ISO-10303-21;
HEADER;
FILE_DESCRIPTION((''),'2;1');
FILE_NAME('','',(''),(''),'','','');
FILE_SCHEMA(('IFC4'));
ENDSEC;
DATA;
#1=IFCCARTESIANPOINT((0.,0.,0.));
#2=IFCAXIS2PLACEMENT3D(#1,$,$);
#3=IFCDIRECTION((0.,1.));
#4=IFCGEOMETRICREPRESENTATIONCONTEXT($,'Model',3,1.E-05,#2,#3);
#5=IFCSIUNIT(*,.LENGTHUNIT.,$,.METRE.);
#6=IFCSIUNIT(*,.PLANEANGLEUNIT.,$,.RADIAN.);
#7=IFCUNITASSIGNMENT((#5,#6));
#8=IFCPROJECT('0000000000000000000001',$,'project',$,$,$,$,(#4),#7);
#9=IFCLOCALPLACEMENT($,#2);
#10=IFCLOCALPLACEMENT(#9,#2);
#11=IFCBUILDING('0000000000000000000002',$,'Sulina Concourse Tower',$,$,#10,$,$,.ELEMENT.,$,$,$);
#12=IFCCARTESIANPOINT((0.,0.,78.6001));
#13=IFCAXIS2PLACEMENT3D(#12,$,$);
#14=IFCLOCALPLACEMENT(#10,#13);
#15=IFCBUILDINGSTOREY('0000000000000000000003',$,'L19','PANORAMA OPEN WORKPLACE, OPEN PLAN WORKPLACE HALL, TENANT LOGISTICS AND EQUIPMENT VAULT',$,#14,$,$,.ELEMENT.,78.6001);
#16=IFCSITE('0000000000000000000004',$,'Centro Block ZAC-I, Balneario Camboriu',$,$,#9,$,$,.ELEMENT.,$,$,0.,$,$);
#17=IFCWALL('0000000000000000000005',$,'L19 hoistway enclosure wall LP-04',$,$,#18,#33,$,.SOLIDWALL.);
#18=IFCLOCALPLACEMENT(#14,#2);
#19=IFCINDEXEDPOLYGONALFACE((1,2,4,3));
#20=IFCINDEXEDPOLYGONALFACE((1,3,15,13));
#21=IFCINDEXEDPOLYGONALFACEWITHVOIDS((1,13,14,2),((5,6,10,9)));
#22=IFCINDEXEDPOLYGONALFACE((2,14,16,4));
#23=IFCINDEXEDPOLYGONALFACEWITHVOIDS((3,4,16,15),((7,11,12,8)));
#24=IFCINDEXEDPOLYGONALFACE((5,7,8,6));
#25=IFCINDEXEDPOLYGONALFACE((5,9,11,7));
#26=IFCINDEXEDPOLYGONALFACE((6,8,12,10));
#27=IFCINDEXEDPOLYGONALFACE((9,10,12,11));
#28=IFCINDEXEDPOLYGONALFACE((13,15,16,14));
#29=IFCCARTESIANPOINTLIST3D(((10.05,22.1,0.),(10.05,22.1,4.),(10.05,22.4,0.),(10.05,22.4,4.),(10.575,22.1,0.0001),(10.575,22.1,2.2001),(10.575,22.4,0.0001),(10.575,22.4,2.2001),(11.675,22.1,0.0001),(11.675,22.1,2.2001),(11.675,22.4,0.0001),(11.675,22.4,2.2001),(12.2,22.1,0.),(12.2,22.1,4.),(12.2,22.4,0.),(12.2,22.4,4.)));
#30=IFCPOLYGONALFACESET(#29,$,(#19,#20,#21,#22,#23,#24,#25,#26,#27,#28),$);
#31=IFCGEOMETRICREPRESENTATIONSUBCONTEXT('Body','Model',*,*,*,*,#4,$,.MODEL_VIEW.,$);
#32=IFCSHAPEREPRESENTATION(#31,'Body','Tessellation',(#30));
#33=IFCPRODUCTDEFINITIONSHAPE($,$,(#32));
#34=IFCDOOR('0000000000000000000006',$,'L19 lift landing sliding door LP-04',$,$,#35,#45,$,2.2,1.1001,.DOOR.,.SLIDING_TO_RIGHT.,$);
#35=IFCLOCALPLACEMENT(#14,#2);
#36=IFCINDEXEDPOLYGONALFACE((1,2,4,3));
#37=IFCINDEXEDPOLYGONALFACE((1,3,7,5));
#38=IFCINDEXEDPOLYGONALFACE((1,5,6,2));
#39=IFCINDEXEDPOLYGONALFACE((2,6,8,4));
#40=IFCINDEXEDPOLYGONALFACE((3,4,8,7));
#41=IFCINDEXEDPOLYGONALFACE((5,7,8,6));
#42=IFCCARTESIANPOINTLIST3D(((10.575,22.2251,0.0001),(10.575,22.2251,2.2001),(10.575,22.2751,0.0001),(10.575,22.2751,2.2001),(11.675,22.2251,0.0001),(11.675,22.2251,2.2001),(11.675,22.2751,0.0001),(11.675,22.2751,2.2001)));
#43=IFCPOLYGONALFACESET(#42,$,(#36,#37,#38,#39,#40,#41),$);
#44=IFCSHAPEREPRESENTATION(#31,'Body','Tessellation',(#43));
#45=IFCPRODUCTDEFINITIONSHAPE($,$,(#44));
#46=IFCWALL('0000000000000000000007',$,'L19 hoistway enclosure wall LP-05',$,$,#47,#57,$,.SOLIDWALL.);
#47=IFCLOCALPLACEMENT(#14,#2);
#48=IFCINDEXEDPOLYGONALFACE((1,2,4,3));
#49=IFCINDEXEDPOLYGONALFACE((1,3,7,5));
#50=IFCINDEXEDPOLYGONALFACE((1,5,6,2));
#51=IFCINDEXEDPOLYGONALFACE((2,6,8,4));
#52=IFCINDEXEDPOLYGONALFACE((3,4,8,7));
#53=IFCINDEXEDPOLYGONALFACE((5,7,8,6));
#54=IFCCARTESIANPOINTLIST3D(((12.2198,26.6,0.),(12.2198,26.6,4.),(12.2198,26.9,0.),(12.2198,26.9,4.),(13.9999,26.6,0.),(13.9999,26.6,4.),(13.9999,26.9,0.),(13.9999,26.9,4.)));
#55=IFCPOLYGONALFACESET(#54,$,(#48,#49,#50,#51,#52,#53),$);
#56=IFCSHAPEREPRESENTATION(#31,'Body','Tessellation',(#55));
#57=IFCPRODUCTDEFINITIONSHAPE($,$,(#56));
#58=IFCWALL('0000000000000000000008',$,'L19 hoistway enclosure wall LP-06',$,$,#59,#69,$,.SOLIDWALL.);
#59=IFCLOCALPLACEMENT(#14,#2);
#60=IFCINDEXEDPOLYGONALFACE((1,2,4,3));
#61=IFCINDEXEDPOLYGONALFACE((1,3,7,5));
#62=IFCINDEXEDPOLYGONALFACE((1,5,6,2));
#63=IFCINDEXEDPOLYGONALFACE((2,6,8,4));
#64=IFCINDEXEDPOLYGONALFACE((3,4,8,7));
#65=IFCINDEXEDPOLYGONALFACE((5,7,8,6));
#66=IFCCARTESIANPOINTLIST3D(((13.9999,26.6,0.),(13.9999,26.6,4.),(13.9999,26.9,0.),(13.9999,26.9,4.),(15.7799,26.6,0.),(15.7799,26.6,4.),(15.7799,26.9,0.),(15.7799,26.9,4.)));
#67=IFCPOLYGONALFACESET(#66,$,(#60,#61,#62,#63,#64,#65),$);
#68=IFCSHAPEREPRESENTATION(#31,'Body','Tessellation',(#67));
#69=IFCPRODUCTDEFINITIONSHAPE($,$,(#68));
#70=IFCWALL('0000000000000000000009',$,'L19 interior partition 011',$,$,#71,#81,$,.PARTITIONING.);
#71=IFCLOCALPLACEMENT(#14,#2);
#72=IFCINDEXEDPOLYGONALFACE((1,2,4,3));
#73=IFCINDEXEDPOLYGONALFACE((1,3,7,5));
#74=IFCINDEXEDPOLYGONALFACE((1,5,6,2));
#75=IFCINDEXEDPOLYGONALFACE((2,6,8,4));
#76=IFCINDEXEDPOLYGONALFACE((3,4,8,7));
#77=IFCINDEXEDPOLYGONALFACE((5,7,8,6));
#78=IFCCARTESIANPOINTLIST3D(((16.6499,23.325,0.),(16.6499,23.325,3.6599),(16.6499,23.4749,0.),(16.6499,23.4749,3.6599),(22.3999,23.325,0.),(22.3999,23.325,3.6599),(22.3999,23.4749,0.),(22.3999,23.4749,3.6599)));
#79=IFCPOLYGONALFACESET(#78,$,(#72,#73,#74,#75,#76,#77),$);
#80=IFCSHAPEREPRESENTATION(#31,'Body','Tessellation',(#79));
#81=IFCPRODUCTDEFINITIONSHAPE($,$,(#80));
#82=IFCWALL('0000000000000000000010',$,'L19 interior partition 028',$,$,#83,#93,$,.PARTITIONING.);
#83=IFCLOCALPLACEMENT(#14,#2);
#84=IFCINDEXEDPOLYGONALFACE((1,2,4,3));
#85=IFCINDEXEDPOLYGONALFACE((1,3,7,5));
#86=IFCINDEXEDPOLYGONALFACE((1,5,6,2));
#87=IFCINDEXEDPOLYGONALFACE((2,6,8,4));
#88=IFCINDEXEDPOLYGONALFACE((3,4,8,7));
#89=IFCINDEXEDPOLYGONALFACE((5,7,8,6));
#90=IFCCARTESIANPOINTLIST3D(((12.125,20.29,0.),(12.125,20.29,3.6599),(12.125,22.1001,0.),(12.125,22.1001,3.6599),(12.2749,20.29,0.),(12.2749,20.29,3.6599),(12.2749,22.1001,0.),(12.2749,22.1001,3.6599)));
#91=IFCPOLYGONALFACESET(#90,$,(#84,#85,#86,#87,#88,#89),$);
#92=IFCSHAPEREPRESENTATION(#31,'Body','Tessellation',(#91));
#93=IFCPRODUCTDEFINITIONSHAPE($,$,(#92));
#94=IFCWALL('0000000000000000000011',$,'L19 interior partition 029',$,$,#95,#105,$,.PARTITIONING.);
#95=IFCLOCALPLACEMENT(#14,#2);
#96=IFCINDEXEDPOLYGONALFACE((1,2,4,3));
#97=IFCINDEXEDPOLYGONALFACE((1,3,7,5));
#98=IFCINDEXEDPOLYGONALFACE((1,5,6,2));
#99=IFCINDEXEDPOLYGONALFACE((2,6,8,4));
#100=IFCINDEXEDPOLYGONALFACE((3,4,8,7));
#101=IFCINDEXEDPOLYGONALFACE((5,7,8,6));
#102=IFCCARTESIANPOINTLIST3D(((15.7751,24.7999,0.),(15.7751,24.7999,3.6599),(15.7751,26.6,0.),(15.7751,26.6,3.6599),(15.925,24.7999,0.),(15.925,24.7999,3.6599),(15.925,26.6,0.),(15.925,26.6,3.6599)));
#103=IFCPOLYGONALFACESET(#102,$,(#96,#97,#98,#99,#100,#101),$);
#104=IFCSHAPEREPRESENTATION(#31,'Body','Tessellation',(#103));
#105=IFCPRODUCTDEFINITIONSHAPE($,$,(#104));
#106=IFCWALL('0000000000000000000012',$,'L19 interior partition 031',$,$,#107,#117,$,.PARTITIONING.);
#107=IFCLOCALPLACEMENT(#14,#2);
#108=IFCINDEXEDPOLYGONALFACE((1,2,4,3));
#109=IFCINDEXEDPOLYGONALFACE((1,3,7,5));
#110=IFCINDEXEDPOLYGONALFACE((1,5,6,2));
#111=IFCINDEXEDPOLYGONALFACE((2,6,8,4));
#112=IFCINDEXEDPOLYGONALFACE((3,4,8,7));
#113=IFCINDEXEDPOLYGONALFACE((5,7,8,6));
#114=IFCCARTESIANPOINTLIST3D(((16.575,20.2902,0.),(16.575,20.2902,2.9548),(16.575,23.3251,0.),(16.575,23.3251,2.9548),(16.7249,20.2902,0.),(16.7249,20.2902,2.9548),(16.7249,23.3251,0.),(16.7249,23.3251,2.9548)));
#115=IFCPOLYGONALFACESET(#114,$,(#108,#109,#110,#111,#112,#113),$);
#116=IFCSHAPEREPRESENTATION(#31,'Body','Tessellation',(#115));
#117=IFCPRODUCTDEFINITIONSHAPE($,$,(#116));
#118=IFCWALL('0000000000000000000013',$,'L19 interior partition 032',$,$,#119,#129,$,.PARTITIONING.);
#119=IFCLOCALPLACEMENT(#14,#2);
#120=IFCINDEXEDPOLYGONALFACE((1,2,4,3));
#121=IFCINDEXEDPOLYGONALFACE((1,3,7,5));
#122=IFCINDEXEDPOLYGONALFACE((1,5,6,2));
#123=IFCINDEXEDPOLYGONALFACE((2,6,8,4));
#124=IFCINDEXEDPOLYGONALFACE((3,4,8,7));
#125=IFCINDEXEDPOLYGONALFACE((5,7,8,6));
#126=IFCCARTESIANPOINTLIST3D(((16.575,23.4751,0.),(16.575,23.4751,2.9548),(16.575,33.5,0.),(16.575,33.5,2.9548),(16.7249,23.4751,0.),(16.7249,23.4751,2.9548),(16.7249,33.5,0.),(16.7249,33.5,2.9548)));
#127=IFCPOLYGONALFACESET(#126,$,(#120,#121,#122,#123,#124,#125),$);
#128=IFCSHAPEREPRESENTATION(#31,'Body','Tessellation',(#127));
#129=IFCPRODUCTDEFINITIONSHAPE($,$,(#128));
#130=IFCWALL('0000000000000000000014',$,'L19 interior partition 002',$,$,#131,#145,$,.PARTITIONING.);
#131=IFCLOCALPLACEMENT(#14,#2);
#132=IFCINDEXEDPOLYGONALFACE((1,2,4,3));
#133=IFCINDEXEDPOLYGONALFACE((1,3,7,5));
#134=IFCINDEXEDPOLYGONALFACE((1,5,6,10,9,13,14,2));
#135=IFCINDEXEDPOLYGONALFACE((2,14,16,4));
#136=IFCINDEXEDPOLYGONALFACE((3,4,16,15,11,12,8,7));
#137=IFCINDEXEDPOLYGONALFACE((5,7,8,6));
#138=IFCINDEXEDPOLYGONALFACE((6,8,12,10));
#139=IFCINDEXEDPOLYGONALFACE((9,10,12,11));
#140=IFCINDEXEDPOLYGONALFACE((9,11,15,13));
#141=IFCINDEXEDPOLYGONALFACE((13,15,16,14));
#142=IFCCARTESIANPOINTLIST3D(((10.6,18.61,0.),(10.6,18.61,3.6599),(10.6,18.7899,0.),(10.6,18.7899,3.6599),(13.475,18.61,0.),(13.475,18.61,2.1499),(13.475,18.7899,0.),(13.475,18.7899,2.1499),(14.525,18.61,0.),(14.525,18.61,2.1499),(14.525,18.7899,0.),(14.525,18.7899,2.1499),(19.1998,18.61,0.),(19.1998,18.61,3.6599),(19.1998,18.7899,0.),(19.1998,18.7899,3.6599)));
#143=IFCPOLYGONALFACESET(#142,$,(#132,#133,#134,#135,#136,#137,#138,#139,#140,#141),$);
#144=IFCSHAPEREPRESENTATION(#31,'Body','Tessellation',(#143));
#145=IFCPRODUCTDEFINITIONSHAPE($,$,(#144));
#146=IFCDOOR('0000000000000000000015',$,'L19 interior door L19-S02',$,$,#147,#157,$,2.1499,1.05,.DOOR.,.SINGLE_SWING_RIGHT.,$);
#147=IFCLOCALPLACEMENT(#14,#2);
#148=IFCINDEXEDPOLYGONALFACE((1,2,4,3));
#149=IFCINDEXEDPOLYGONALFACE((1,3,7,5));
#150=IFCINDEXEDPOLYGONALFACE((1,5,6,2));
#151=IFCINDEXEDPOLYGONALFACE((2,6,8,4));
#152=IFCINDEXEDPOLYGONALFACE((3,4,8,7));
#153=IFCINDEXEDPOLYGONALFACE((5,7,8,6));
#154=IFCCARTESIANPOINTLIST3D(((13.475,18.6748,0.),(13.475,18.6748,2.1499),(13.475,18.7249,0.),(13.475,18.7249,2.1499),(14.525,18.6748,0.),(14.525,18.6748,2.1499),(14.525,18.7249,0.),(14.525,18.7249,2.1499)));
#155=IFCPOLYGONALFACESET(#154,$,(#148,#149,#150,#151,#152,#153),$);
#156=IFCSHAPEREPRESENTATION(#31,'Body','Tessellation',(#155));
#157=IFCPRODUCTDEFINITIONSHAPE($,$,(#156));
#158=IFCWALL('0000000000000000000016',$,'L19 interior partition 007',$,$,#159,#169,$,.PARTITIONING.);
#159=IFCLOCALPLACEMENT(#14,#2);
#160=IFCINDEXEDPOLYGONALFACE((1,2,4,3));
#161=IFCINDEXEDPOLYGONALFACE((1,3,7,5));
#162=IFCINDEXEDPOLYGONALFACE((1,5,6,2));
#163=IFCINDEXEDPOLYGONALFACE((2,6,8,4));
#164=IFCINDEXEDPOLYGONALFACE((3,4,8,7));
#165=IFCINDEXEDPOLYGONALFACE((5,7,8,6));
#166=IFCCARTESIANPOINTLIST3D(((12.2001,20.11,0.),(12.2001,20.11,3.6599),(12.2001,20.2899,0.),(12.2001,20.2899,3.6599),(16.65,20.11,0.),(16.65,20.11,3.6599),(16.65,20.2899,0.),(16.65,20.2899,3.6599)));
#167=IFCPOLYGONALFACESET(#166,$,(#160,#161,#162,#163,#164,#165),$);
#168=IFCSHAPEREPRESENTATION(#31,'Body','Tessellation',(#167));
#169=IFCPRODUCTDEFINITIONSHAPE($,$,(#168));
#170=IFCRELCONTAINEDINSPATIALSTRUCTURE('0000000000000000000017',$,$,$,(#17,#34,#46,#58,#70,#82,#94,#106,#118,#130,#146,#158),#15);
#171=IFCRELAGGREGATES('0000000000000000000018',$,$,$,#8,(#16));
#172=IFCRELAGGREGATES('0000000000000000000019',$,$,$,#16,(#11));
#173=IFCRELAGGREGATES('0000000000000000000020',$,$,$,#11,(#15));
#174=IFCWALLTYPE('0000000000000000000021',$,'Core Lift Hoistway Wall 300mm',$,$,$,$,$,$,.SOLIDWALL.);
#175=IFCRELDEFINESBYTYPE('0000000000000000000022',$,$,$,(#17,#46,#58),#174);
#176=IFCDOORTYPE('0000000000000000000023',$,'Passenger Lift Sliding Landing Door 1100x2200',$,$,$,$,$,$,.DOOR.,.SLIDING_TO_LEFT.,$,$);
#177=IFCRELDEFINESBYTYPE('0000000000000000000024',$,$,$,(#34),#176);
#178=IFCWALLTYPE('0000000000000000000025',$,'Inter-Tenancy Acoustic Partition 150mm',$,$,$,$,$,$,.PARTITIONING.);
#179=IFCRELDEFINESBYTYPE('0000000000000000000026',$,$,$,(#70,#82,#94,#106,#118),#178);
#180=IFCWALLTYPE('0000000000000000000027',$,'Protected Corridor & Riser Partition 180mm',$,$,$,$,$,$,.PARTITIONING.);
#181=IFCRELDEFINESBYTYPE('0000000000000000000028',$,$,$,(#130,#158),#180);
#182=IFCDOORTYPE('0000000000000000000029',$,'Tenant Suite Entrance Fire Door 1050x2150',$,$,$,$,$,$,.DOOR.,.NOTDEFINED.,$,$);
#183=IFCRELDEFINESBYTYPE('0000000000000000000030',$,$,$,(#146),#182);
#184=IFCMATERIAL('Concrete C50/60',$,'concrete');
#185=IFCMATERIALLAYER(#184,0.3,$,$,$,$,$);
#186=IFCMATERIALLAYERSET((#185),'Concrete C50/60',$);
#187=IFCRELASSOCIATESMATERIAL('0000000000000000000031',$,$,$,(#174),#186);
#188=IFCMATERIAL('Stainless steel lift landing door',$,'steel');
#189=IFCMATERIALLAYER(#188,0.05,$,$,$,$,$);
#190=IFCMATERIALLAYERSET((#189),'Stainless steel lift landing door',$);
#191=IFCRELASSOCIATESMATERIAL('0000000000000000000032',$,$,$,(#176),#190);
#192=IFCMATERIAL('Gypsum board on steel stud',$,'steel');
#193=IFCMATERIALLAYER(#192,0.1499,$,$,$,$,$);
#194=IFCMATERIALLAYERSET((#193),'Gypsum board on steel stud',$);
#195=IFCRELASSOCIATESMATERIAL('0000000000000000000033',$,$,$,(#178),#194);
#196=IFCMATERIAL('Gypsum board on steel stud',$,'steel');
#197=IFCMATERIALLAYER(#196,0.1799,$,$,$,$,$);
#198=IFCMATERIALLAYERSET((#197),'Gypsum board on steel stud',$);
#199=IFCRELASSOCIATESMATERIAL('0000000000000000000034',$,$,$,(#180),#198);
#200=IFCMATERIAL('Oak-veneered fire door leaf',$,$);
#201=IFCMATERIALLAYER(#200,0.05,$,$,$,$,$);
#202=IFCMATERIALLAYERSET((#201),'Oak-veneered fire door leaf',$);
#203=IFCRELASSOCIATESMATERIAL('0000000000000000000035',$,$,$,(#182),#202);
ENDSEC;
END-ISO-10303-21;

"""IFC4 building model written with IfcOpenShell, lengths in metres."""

from ifc_helpers import new_model, si_unit, direction, frame, frame_2d, origin, place, context, subcontext, project, spatial, rectangle, extrude, material, layer, layer_set, type_object, element, fill, save


model = new_model("IFC4")

# Units and contexts
model_context = context("Model", 3, precision=1e-05, world=origin(), true_north=direction((0.0, 1.0)))
body_context = subcontext(model_context, "Body", "Model", "MODEL_VIEW")
ifc_project = project(units=[si_unit("LENGTHUNIT", "METRE"), si_unit("PLANEANGLEUNIT", "RADIAN")], contexts=[model_context])

# Site, building, storey
site_placement = place(None, origin())
site = spatial("IfcSite", under=ifc_project, at=site_placement, Name="Centro Block ZAC-I, Balneario Camboriu", CompositionType="ELEMENT", RefElevation=0.0)
building_placement = place(site_placement, origin())
building = spatial("IfcBuilding", under=site, at=building_placement, Name="Sulina Concourse Tower", CompositionType="ELEMENT")
storey_placement = place(building_placement, frame((0.0, 0.0, 78.6001)))
storey = spatial("IfcBuildingStorey", under=building, at=storey_placement, Name="L19", Description="PANORAMA OPEN WORKPLACE, OPEN PLAN WORKPLACE HALL, TENANT LOGISTICS AND EQUIPMENT VAULT", CompositionType="ELEMENT", Elevation=78.6001)

# Wall, opening, door
ifc_material_1 = material(Name="Concrete C50/60", Category="concrete")
ifc_layer_1 = layer(ifc_material_1, 0.3)
ifc_layer_set_1 = layer_set([ifc_layer_1], Name="Concrete C50/60")
wall_type_1 = type_object("IfcWallType", Name="Core Lift Hoistway Wall 300mm", PredefinedType="SOLIDWALL", material=ifc_layer_set_1)
wall_1_placement = place(storey_placement, frame((12.2, 22.25, 0.0), z_axis=(0.0, 0.0, 1.0), x_axis=(-1.0, 0.0, 0.0)))
wall_1 = element("IfcWall", 1, at=wall_1_placement, inside=storey, type_object=wall_type_1, Name="L19 hoistway enclosure wall LP-04", PredefinedType="SOLIDWALL", context=body_context, shape_type="SweptSolid", body=[
    extrude(rectangle(XDim=2.1499, YDim=0.3, at=frame_2d((1.075, 0.0))), origin(), (0.0, 0.0, 1.0), 4.0),
])
opening_1_placement = place(wall_1_placement, frame((0.5249, 0.0, 0.0)))
opening_1 = element("IfcOpeningElement", 2, at=opening_1_placement, cuts=wall_1, PredefinedType="OPENING", context=body_context, shape_type="SweptSolid", body=[
    extrude(rectangle(XDim=1.1001, YDim=2.2, at=frame_2d((0.55, 1.1001))), frame((0.0, 0.1599, 0.0), z_axis=(0.0, -1.0, 0.0), x_axis=(1.0, 0.0, 0.0)), (0.0, 0.0, 1.0), 0.3201),
])
ifc_material_2 = material(Name="Stainless steel lift landing door", Category="steel")
ifc_layer_2 = layer(ifc_material_2, 0.05)
ifc_layer_set_2 = layer_set([ifc_layer_2], Name="Stainless steel lift landing door")
door_type_1 = type_object("IfcDoorType", Name="Passenger Lift Sliding Landing Door 1100x2200", OperationType="SLIDING_TO_LEFT", PredefinedType="DOOR", material=ifc_layer_set_2)
door_1_placement = place(opening_1_placement, origin())
door_1 = element("IfcDoor", 3, at=door_1_placement, inside=storey, type_object=door_type_1, Name="L19 lift landing sliding door LP-04", OperationType="SLIDING_TO_RIGHT", OverallHeight=2.2, OverallWidth=1.1001, PredefinedType="DOOR", context=body_context, shape_type="SweptSolid", body=[
    extrude(rectangle(XDim=1.1001, YDim=2.2, at=frame_2d((0.55, 1.1001))), frame((0.0, 0.0249, 0.0), z_axis=(0.0, -1.0, 0.0), x_axis=(1.0, 0.0, 0.0)), (0.0, 0.0, 1.0), 0.05),
])
fill(opening_1, door_1)

# Walls
for number, where, z_axis, x_axis, name in (
    (4, (14.0, 26.75, 0.0), (0.0, 0.0, 1.0), (-1.0, 0.0, 0.0), "L19 hoistway enclosure wall LP-05"),
    (5, (15.78, 26.75, 0.0), (0.0, 0.0, 1.0), (-1.0, 0.0, 0.0), "L19 hoistway enclosure wall LP-06"),
):
    element("IfcWall", number, at=place(storey_placement, frame(where, z_axis=z_axis, x_axis=x_axis)), inside=storey, type_object=wall_type_1, Name=name, PredefinedType="SOLIDWALL", context=body_context, shape_type="SweptSolid", body=[
        extrude(rectangle(XDim=1.78, YDim=0.3, at=frame_2d((0.8901, 0.0))), origin(), (0.0, 0.0, 1.0), 4.0),
    ])
ifc_material_3 = material(Name="Gypsum board on steel stud", Category="steel")
ifc_layer_3 = layer(ifc_material_3, 0.1499)
ifc_layer_set_3 = layer_set([ifc_layer_3], Name="Gypsum board on steel stud")
wall_type_2 = type_object("IfcWallType", Name="Inter-Tenancy Acoustic Partition 150mm", PredefinedType="PARTITIONING", material=ifc_layer_set_3)
wall_2_placement = place(storey_placement, frame((16.6499, 23.3999, 0.0), z_axis=(0.0, 0.0, 1.0), x_axis=(1.0, 0.0, 0.0)))
element("IfcWall", 6, at=wall_2_placement, inside=storey, type_object=wall_type_2, Name="L19 interior partition 011", PredefinedType="PARTITIONING", context=body_context, shape_type="SweptSolid", body=[
    extrude(rectangle(XDim=5.75, YDim=0.1499, at=frame_2d((2.875, 0.0))), origin(), (0.0, 0.0, 1.0), 3.6599),
])
wall_3_placement = place(storey_placement, frame((12.2, 20.29, 0.0), z_axis=(0.0, 0.0, 1.0), x_axis=(0.0, 1.0, 0.0)))
element("IfcWall", 7, at=wall_3_placement, inside=storey, type_object=wall_type_2, Name="L19 interior partition 028", PredefinedType="PARTITIONING", context=body_context, shape_type="SweptSolid", body=[
    extrude(rectangle(XDim=1.8101, YDim=0.1499, at=frame_2d((0.905, 0.0))), origin(), (0.0, 0.0, 1.0), 3.6599),
])
wall_4_placement = place(storey_placement, frame((15.8501, 24.8, 0.0), z_axis=(0.0, 0.0, 1.0), x_axis=(0.0, 1.0, 0.0)))
element("IfcWall", 8, at=wall_4_placement, inside=storey, type_object=wall_type_2, Name="L19 interior partition 029", PredefinedType="PARTITIONING", context=body_context, shape_type="SweptSolid", body=[
    extrude(rectangle(XDim=1.8, YDim=0.1499, at=frame_2d((0.8999, 0.0))), origin(), (0.0, 0.0, 1.0), 3.6599),
])
wall_5_placement = place(storey_placement, frame((16.6499, 20.29, 0.0), z_axis=(0.0, 0.0, 1.0), x_axis=(0.0, 1.0, 0.0)))
element("IfcWall", 9, at=wall_5_placement, inside=storey, type_object=wall_type_2, Name="L19 interior partition 031", PredefinedType="PARTITIONING", context=body_context, shape_type="SweptSolid", body=[
    extrude(rectangle(XDim=3.0349, YDim=0.1499, at=frame_2d((1.5176, 0.0))), origin(), (0.0, 0.0, 1.0), 2.9548),
])
wall_6_placement = place(storey_placement, frame((16.6499, 23.4751, 0.0), z_axis=(0.0, 0.0, 1.0), x_axis=(0.0, 1.0, 0.0)))
element("IfcWall", 10, at=wall_6_placement, inside=storey, type_object=wall_type_2, Name="L19 interior partition 032", PredefinedType="PARTITIONING", context=body_context, shape_type="SweptSolid", body=[
    extrude(rectangle(XDim=10.0249, YDim=0.1499, at=frame_2d((5.0125, 0.0))), origin(), (0.0, 0.0, 1.0), 2.9548),
])

# Wall, opening, door
ifc_material_4 = material(Name="Gypsum board on steel stud", Category="steel")
ifc_layer_4 = layer(ifc_material_4, 0.1799)
ifc_layer_set_4 = layer_set([ifc_layer_4], Name="Gypsum board on steel stud")
wall_type_3 = type_object("IfcWallType", Name="Protected Corridor & Riser Partition 180mm", PredefinedType="PARTITIONING", material=ifc_layer_set_4)
wall_7_placement = place(storey_placement, frame((10.6001, 18.7, 0.0), z_axis=(0.0, 0.0, 1.0), x_axis=(1.0, 0.0, 0.0)))
wall_7 = element("IfcWall", 11, at=wall_7_placement, inside=storey, type_object=wall_type_3, Name="L19 interior partition 002", PredefinedType="PARTITIONING", context=body_context, shape_type="SweptSolid", body=[
    extrude(rectangle(XDim=8.5999, YDim=0.1799, at=frame_2d((4.2998, 0.0))), origin(), (0.0, 0.0, 1.0), 3.6599),
])
opening_2_placement = place(wall_7_placement, frame((2.875, 0.0, 0.0)))
opening_2 = element("IfcOpeningElement", 12, at=opening_2_placement, cuts=wall_7, PredefinedType="OPENING", context=body_context, shape_type="SweptSolid", body=[
    extrude(rectangle(XDim=1.05, YDim=2.1499, at=frame_2d((0.5249, 1.075))), frame((0.0, 0.0999, 0.0), z_axis=(0.0, -1.0, 0.0), x_axis=(1.0, 0.0, 0.0)), (0.0, 0.0, 1.0), 0.2),
])
ifc_material_5 = material(Name="Oak-veneered fire door leaf")
ifc_layer_5 = layer(ifc_material_5, 0.05)
ifc_layer_set_5 = layer_set([ifc_layer_5], Name="Oak-veneered fire door leaf")
door_type_2 = type_object("IfcDoorType", Name="Tenant Suite Entrance Fire Door 1050x2150", OperationType="NOTDEFINED", PredefinedType="DOOR", material=ifc_layer_set_5)
door_2_placement = place(opening_2_placement, origin())
door_2 = element("IfcDoor", 13, at=door_2_placement, inside=storey, type_object=door_type_2, Name="L19 interior door L19-S02", OperationType="SINGLE_SWING_RIGHT", OverallHeight=2.1499, OverallWidth=1.05, PredefinedType="DOOR", context=body_context, shape_type="SweptSolid", body=[
    extrude(rectangle(XDim=1.05, YDim=2.1499, at=frame_2d((0.5249, 1.075))), frame((0.0, 0.0249, 0.0), z_axis=(0.0, -1.0, 0.0), x_axis=(1.0, 0.0, 0.0)), (0.0, 0.0, 1.0), 0.05),
])
fill(opening_2, door_2)

# Wall
wall_8_placement = place(storey_placement, frame((12.2, 20.2, 0.0), z_axis=(0.0, 0.0, 1.0), x_axis=(1.0, 0.0, 0.0)))
element("IfcWall", 14, at=wall_8_placement, inside=storey, type_object=wall_type_3, Name="L19 interior partition 007", PredefinedType="PARTITIONING", context=body_context, shape_type="SweptSolid", body=[
    extrude(rectangle(XDim=4.45, YDim=0.1799, at=frame_2d((2.2251, 0.0))), origin(), (0.0, 0.0, 1.0), 3.6599),
])

save(model, "model.ifc")
